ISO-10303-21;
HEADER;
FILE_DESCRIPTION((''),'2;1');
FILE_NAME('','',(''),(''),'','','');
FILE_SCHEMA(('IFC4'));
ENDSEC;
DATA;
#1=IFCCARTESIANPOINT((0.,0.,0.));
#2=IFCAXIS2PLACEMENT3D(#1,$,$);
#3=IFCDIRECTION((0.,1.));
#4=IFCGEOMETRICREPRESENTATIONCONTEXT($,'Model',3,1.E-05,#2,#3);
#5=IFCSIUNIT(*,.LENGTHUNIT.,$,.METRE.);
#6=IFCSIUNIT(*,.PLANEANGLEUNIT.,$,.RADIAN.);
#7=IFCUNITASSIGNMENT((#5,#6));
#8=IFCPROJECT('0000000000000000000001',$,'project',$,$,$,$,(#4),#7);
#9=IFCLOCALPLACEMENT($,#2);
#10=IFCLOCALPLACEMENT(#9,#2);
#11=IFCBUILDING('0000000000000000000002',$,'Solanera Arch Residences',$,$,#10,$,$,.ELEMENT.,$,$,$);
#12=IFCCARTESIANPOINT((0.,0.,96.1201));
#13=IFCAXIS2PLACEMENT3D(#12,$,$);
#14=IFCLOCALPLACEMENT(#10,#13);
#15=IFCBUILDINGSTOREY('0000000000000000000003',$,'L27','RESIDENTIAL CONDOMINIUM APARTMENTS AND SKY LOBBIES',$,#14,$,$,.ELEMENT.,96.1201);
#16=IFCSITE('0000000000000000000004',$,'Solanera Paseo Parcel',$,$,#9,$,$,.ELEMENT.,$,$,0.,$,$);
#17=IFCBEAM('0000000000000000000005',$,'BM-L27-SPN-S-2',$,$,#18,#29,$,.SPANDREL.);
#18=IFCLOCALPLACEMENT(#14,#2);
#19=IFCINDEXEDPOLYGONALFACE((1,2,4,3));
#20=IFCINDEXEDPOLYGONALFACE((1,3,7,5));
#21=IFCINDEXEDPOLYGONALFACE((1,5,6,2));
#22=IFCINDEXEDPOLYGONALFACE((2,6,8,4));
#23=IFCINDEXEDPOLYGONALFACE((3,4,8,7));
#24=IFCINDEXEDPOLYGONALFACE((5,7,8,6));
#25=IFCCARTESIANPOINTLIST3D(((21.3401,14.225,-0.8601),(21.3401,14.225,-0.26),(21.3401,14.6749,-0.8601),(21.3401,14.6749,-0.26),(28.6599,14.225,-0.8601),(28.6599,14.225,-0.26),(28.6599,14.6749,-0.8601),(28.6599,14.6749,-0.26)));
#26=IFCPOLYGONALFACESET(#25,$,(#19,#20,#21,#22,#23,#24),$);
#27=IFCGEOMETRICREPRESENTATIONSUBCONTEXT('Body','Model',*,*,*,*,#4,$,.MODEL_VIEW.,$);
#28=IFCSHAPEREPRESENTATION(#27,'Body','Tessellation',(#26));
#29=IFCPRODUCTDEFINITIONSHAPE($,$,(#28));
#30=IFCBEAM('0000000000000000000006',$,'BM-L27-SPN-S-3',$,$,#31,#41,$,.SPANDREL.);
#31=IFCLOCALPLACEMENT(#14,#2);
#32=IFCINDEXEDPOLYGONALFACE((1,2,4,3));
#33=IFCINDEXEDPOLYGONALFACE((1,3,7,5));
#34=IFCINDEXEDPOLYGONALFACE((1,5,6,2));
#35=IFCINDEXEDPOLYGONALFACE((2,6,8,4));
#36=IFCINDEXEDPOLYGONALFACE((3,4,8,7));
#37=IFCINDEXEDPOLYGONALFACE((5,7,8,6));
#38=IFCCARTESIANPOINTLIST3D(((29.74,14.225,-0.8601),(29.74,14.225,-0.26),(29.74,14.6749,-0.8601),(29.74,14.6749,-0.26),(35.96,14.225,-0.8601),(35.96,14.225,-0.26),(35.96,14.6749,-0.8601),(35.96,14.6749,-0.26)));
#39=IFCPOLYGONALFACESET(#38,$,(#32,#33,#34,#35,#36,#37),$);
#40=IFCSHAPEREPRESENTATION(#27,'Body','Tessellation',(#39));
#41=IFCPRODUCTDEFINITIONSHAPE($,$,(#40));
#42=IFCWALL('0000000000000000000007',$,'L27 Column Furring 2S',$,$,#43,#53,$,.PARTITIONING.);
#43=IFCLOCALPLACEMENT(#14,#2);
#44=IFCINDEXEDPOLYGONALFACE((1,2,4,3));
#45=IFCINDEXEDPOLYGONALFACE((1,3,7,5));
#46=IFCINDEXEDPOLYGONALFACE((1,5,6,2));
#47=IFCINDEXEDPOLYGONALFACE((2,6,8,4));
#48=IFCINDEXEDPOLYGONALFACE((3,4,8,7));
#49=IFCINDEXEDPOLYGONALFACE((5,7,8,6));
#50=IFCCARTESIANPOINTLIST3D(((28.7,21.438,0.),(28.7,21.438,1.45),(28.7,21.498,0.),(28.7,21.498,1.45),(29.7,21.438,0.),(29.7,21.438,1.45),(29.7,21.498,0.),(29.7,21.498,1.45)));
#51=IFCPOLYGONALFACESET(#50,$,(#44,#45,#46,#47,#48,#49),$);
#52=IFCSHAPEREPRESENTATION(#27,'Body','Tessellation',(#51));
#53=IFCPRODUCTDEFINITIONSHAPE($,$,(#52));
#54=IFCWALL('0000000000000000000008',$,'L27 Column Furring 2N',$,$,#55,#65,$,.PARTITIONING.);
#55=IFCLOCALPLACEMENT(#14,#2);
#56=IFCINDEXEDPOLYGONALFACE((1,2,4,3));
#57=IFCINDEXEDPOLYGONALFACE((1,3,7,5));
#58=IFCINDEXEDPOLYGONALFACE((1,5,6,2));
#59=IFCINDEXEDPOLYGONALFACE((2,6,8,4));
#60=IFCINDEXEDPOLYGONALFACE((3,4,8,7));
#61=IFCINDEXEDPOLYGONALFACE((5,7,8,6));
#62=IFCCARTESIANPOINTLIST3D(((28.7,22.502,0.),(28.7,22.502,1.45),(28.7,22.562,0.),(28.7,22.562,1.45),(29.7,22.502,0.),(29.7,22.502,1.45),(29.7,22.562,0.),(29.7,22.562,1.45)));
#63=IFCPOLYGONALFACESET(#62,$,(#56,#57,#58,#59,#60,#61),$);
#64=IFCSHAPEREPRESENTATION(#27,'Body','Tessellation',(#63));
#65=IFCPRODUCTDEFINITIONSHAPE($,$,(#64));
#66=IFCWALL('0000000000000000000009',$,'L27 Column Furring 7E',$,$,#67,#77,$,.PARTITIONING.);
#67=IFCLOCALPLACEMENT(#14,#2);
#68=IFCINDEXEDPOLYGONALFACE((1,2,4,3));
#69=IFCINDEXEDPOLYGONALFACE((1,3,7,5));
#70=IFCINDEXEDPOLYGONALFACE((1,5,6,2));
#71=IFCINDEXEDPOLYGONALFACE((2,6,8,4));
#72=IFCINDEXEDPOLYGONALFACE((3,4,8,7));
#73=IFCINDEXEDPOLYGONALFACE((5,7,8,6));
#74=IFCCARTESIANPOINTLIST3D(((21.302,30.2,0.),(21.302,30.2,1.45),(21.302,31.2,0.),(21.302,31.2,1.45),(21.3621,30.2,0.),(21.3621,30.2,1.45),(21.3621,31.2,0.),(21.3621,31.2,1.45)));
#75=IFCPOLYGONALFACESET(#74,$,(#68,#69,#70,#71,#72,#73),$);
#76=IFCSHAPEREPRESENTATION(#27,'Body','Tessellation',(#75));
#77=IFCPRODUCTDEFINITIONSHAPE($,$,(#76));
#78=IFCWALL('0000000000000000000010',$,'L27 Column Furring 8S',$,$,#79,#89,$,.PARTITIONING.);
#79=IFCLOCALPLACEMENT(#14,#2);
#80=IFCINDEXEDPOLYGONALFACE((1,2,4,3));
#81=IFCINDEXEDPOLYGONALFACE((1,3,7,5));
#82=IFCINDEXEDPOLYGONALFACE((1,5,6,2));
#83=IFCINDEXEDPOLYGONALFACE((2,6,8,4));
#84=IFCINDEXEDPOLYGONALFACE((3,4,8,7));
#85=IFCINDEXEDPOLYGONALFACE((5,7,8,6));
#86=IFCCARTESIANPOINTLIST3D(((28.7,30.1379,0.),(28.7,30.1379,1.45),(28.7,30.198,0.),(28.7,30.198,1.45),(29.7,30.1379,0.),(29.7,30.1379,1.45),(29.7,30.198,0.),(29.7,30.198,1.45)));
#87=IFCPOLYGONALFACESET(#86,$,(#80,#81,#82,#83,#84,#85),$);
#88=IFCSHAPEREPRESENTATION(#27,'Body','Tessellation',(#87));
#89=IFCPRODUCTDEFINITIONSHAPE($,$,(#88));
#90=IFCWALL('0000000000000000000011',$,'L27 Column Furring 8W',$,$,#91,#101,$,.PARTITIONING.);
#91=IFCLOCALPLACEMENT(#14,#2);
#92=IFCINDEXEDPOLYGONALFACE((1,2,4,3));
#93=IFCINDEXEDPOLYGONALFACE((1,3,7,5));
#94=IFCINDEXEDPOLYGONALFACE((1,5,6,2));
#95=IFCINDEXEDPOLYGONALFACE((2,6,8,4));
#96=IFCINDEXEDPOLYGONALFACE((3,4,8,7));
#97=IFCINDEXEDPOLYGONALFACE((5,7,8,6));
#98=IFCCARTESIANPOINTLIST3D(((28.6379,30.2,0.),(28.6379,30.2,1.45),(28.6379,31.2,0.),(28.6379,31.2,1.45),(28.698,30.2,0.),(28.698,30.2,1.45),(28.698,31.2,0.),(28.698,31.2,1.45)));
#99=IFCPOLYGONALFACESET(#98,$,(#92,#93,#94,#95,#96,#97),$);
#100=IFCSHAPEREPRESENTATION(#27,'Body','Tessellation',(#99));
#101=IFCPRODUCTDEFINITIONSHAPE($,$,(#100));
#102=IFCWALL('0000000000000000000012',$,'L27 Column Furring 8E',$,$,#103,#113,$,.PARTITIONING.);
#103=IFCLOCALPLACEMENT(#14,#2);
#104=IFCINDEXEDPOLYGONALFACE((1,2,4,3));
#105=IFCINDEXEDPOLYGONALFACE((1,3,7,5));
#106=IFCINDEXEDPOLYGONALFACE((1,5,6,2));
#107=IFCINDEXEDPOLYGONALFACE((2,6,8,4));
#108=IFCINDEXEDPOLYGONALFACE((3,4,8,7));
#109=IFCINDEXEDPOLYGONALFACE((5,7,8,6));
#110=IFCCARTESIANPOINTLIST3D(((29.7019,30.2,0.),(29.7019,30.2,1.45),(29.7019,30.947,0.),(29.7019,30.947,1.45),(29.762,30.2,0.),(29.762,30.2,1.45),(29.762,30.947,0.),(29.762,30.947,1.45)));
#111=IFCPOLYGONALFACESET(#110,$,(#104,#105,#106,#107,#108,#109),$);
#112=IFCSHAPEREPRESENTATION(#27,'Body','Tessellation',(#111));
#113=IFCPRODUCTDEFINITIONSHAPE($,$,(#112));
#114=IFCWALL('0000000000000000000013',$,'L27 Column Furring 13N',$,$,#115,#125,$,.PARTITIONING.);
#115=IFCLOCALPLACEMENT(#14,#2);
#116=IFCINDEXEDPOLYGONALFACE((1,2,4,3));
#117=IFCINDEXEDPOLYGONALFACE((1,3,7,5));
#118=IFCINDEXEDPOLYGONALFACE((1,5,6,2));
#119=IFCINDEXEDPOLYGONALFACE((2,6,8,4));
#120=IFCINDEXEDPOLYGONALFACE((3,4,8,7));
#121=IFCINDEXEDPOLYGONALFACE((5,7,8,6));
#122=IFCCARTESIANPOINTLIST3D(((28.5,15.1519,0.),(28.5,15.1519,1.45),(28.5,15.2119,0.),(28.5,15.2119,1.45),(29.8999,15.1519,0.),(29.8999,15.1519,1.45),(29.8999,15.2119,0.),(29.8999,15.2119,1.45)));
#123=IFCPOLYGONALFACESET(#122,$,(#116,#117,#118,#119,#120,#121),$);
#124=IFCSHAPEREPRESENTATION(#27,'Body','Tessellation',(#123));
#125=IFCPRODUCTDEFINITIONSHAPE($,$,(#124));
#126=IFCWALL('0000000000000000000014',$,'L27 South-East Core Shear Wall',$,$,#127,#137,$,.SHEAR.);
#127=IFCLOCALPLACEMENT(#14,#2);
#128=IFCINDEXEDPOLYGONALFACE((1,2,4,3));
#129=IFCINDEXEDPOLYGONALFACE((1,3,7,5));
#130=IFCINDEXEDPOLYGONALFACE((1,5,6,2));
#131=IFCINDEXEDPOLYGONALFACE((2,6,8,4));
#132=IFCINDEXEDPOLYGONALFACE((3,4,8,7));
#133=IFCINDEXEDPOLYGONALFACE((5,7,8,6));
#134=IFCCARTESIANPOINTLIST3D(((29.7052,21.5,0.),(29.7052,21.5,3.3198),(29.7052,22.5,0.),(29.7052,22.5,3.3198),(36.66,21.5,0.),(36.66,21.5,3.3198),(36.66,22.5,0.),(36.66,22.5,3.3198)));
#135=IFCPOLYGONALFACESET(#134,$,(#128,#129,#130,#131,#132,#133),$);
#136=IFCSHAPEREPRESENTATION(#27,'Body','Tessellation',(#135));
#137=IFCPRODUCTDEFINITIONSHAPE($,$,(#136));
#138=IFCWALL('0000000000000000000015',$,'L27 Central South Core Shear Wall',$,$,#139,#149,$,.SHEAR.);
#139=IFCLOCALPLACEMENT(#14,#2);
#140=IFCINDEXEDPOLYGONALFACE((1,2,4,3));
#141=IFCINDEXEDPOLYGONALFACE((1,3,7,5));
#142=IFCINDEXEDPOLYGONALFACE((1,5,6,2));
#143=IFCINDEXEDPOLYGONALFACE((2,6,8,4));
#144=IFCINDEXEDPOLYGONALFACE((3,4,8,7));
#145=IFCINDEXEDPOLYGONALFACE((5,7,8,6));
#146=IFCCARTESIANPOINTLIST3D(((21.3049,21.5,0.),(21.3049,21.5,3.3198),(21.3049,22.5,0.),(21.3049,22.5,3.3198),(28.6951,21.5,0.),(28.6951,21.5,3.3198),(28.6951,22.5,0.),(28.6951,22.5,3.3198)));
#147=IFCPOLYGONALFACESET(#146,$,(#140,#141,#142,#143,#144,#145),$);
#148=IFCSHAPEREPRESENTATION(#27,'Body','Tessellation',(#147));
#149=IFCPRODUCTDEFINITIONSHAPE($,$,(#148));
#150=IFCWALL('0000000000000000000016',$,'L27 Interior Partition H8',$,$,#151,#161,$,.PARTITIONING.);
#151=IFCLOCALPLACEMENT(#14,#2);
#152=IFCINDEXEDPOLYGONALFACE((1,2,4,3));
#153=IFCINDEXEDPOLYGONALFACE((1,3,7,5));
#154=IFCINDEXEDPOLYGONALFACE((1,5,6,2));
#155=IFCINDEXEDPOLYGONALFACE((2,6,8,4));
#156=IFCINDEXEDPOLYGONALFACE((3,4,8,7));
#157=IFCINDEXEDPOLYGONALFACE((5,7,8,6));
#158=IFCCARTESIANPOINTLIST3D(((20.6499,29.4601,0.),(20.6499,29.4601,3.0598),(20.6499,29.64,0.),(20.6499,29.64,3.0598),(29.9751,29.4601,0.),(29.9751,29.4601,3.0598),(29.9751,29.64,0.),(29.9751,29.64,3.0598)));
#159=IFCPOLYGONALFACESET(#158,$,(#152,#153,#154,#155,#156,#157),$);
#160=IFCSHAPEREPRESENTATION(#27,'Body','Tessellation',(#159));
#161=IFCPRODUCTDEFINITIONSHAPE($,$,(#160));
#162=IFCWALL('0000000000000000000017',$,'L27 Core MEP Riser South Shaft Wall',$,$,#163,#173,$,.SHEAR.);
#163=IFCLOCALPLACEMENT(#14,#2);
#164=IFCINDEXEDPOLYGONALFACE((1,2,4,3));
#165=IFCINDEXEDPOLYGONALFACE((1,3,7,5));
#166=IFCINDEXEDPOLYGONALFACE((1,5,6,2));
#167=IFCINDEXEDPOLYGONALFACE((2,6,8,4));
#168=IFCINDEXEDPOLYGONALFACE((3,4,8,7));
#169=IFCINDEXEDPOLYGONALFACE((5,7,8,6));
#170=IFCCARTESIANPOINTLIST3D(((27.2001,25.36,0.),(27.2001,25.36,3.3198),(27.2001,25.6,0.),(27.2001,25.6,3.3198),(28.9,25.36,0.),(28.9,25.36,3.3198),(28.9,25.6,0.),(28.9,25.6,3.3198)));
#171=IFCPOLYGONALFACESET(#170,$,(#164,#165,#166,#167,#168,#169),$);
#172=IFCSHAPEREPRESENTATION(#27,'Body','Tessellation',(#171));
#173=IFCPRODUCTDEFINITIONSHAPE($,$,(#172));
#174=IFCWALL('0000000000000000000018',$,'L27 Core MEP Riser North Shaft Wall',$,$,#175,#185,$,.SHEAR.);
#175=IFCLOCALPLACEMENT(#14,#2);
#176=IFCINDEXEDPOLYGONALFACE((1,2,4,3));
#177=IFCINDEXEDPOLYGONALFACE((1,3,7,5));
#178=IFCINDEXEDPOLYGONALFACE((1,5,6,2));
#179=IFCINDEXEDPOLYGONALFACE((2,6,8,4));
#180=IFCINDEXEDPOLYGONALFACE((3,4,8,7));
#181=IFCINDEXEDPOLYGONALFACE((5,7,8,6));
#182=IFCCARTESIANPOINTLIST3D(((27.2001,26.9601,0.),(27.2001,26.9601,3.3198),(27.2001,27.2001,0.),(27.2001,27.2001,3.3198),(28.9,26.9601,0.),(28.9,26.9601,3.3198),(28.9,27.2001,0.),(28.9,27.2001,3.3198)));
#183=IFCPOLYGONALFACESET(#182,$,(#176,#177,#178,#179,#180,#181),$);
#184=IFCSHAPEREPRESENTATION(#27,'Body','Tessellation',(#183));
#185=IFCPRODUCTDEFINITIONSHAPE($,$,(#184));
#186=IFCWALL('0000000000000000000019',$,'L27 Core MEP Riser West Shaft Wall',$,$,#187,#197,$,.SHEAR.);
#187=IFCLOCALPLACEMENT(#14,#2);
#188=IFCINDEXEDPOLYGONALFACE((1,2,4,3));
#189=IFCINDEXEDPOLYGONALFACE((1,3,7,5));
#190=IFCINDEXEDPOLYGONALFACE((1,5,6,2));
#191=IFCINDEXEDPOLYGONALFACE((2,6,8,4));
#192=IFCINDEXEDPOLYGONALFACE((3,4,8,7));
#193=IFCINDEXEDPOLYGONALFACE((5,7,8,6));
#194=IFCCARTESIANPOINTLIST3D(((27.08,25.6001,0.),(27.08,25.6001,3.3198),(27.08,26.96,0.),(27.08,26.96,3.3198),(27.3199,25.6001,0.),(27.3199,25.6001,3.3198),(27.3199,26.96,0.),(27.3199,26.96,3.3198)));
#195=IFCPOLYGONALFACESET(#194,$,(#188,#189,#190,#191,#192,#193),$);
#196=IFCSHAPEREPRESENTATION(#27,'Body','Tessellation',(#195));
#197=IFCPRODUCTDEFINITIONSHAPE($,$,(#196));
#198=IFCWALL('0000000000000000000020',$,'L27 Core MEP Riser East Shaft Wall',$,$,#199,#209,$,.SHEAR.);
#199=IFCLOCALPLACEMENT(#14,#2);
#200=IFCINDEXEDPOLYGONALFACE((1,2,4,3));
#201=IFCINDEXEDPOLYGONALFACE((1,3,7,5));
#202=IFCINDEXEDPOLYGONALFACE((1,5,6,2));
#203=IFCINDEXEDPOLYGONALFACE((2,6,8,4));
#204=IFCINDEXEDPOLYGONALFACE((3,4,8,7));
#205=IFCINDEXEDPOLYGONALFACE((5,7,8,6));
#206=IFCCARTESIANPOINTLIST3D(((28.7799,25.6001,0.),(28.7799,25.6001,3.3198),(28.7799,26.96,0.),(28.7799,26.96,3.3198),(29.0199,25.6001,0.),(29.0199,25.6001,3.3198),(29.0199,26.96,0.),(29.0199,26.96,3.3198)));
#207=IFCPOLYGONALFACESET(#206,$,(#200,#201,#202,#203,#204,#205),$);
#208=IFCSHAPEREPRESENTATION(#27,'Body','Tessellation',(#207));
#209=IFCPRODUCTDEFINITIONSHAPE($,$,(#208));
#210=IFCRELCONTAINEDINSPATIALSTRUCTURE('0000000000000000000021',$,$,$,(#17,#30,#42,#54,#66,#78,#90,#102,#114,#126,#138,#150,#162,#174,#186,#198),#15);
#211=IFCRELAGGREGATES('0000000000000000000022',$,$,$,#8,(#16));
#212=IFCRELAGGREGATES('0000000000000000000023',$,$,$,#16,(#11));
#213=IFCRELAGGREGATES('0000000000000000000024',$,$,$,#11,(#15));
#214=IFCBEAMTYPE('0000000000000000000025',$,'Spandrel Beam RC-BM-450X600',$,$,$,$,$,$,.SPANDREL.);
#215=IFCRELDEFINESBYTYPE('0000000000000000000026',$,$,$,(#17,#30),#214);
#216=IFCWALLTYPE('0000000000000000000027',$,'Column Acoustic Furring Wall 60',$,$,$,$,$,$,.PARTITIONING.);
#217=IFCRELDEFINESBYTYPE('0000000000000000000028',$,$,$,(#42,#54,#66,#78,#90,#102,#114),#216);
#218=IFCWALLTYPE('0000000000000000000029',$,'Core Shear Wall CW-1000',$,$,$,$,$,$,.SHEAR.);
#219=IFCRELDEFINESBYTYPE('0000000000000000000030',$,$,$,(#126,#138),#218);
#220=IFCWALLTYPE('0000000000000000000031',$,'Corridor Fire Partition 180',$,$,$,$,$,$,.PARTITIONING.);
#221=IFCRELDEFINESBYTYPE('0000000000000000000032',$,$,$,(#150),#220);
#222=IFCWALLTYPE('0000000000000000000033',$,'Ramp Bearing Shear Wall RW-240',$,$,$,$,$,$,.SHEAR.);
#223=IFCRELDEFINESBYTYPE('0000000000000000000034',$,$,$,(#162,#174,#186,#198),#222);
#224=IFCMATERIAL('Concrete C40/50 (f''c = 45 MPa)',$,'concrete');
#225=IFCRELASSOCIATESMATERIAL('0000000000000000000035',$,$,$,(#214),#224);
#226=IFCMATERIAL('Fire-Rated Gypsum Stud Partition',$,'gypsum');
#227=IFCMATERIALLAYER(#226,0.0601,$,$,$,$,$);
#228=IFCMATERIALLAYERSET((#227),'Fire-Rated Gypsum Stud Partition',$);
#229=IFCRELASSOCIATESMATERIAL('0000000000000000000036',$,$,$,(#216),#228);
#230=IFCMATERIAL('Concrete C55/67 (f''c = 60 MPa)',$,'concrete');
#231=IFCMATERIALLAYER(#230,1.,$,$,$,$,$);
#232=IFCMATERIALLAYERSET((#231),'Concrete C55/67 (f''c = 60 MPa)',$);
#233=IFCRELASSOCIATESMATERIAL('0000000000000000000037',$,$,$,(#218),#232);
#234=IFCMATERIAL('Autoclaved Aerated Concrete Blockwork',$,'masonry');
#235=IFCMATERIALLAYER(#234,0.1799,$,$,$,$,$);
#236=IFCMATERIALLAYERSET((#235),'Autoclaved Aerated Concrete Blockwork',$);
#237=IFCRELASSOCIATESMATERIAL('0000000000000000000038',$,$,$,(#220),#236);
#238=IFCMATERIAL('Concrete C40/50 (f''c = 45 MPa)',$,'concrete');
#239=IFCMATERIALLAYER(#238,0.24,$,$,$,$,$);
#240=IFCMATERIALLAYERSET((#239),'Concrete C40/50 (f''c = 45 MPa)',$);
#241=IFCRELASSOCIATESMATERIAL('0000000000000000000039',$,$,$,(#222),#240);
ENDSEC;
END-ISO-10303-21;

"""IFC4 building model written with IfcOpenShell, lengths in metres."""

from ifc_helpers import new_model, si_unit, direction, frame, frame_2d, origin, origin_2d, place, context, subcontext, project, spatial, rectangle, extrude, material, layer, layer_set, material_profile, profile_set, type_object, element, save


model = new_model("IFC4")

# Units and contexts
model_context = context("Model", 3, precision=1e-05, world=origin(), true_north=direction((0.0, 1.0)))
body_context = subcontext(model_context, "Body", "Model", "MODEL_VIEW")
ifc_project = project(units=[si_unit("LENGTHUNIT", "METRE"), si_unit("PLANEANGLEUNIT", "RADIAN")], contexts=[model_context])

# Site, building, storey
site_placement = place(None, origin())
site = spatial("IfcSite", under=ifc_project, at=site_placement, Name="Solanera Paseo Parcel", CompositionType="ELEMENT", RefElevation=0.0)
building_placement = place(site_placement, origin())
building = spatial("IfcBuilding", under=site, at=building_placement, Name="Solanera Arch Residences", CompositionType="ELEMENT")
storey_placement = place(building_placement, frame((0.0, 0.0, 96.1201)))
storey = spatial("IfcBuildingStorey", under=building, at=storey_placement, Name="L27", Description="RESIDENTIAL CONDOMINIUM APARTMENTS AND SKY LOBBIES", CompositionType="ELEMENT", Elevation=96.1201)

# Beams
ifc_material_1 = material(Name="Concrete C40/50 (f'c = 45 MPa)", Category="concrete")
ifc_material_profile_1 = material_profile(ifc_material_1, rectangle(XDim=0.45, YDim=0.6001, at=origin_2d()))
ifc_profile_set_1 = profile_set([ifc_material_profile_1], Name="Concrete C40/50 (f'c = 45 MPa)")
beam_type_1 = type_object("IfcBeamType", Name="Spandrel Beam RC-BM-450X600", PredefinedType="SPANDREL", material=ifc_profile_set_1)
beam_1_placement = place(storey_placement, frame((21.3401, 14.45, -0.5601), z_axis=(1.0, 0.0, 0.0), x_axis=(0.0, 1.0, 0.0)))
element("IfcBeam", 1, at=beam_1_placement, inside=storey, type_object=beam_type_1, Name="BM-L27-SPN-S-2", PredefinedType="SPANDREL", context=body_context, shape_type="SweptSolid", body=[
    extrude(rectangle(XDim=0.45, YDim=0.6001, at=origin_2d()), origin(), (0.0, 0.0, 1.0), 7.3198),
])
beam_2_placement = place(storey_placement, frame((29.74, 14.45, -0.5601), z_axis=(1.0, 0.0, 0.0), x_axis=(0.0, 1.0, 0.0)))
element("IfcBeam", 2, at=beam_2_placement, inside=storey, type_object=beam_type_1, Name="BM-L27-SPN-S-3", PredefinedType="SPANDREL", context=body_context, shape_type="SweptSolid", body=[
    extrude(rectangle(XDim=0.45, YDim=0.6001, at=origin_2d()), origin(), (0.0, 0.0, 1.0), 6.22),
])

# Walls
ifc_material_2 = material(Name="Fire-Rated Gypsum Stud Partition", Category="gypsum")
ifc_layer_1 = layer(ifc_material_2, 0.0601)
ifc_layer_set_1 = layer_set([ifc_layer_1], Name="Fire-Rated Gypsum Stud Partition")
wall_type_1 = type_object("IfcWallType", Name="Column Acoustic Furring Wall 60", PredefinedType="PARTITIONING", material=ifc_layer_set_1)
for number, where, z_axis, x_axis, name in (
    (3, (28.7, 21.468, 0.0), (0.0, 0.0, 1.0), (1.0, 0.0, 0.0), "L27 Column Furring 2S"),
    (4, (28.7, 22.532, 0.0), (0.0, 0.0, 1.0), (1.0, 0.0, 0.0), "L27 Column Furring 2N"),
    (5, (21.332, 30.2, 0.0), (0.0, 0.0, 1.0), (0.0, 1.0, 0.0), "L27 Column Furring 7E"),
    (6, (28.7, 30.168, 0.0), (0.0, 0.0, 1.0), (1.0, 0.0, 0.0), "L27 Column Furring 8S"),
    (7, (28.668, 30.2, 0.0), (0.0, 0.0, 1.0), (0.0, 1.0, 0.0), "L27 Column Furring 8W"),
):
    element("IfcWall", number, at=place(storey_placement, frame(where, z_axis=z_axis, x_axis=x_axis)), inside=storey, type_object=wall_type_1, Name=name, PredefinedType="PARTITIONING", context=body_context, shape_type="SweptSolid", body=[
        extrude(rectangle(XDim=1.0, YDim=0.0601, at=frame_2d((0.5, 0.0))), origin(), (0.0, 0.0, 1.0), 1.45),
    ])
wall_1_placement = place(storey_placement, frame((29.7319, 30.2, 0.0), z_axis=(0.0, 0.0, 1.0), x_axis=(0.0, 1.0, 0.0)))
element("IfcWall", 8, at=wall_1_placement, inside=storey, type_object=wall_type_1, Name="L27 Column Furring 8E", PredefinedType="PARTITIONING", context=body_context, shape_type="SweptSolid", body=[
    extrude(rectangle(XDim=0.7471, YDim=0.0601, at=frame_2d((0.3735, 0.0))), origin(), (0.0, 0.0, 1.0), 1.45),
])
wall_2_placement = place(storey_placement, frame((28.5, 15.1819, 0.0), z_axis=(0.0, 0.0, 1.0), x_axis=(1.0, 0.0, 0.0)))
element("IfcWall", 9, at=wall_2_placement, inside=storey, type_object=wall_type_1, Name="L27 Column Furring 13N", PredefinedType="PARTITIONING", context=body_context, shape_type="SweptSolid", body=[
    extrude(rectangle(XDim=1.3999, YDim=0.0601, at=frame_2d((0.7, 0.0))), origin(), (0.0, 0.0, 1.0), 1.45),
])
ifc_material_3 = material(Name="Concrete C55/67 (f'c = 60 MPa)", Category="concrete")
ifc_layer_2 = layer(ifc_material_3, 1.0)
ifc_layer_set_2 = layer_set([ifc_layer_2], Name="Concrete C55/67 (f'c = 60 MPa)")
wall_type_2 = type_object("IfcWallType", Name="Core Shear Wall CW-1000", PredefinedType="SHEAR", material=ifc_layer_set_2)
wall_3_placement = place(storey_placement, frame((29.7051, 22.0, 0.0), z_axis=(0.0, 0.0, 1.0), x_axis=(1.0, 0.0, 0.0)))
element("IfcWall", 10, at=wall_3_placement, inside=storey, type_object=wall_type_2, Name="L27 South-East Core Shear Wall", PredefinedType="SHEAR", context=body_context, shape_type="SweptSolid", body=[
    extrude(rectangle(XDim=6.9548, YDim=1.0, at=frame_2d((3.4775, 0.0))), origin(), (0.0, 0.0, 1.0), 3.3198),
])
wall_4_placement = place(storey_placement, frame((21.3049, 22.0, 0.0), z_axis=(0.0, 0.0, 1.0), x_axis=(1.0, 0.0, 0.0)))
element("IfcWall", 11, at=wall_4_placement, inside=storey, type_object=wall_type_2, Name="L27 Central South Core Shear Wall", PredefinedType="SHEAR", context=body_context, shape_type="SweptSolid", body=[
    extrude(rectangle(XDim=7.3901, YDim=1.0, at=frame_2d((3.6951, 0.0))), origin(), (0.0, 0.0, 1.0), 3.3198),
])
ifc_material_4 = material(Name="Autoclaved Aerated Concrete Blockwork", Category="masonry")
ifc_layer_3 = layer(ifc_material_4, 0.1799)
ifc_layer_set_3 = layer_set([ifc_layer_3], Name="Autoclaved Aerated Concrete Blockwork")
wall_type_3 = type_object("IfcWallType", Name="Corridor Fire Partition 180", PredefinedType="PARTITIONING", material=ifc_layer_set_3)
wall_5_placement = place(storey_placement, frame((20.6499, 29.55, 0.0), z_axis=(0.0, 0.0, 1.0), x_axis=(1.0, 0.0, 0.0)))
element("IfcWall", 12, at=wall_5_placement, inside=storey, type_object=wall_type_3, Name="L27 Interior Partition H8", PredefinedType="PARTITIONING", context=body_context, shape_type="SweptSolid", body=[
    extrude(rectangle(XDim=9.3252, YDim=0.1799, at=frame_2d((4.6626, 0.0))), origin(), (0.0, 0.0, 1.0), 3.0598),
])
ifc_material_5 = material(Name="Concrete C40/50 (f'c = 45 MPa)", Category="concrete")
ifc_layer_4 = layer(ifc_material_5, 0.24)
ifc_layer_set_4 = layer_set([ifc_layer_4], Name="Concrete C40/50 (f'c = 45 MPa)")
wall_type_4 = type_object("IfcWallType", Name="Ramp Bearing Shear Wall RW-240", PredefinedType="SHEAR", material=ifc_layer_set_4)
for number, where, z_axis, x_axis, name in (
    (13, (27.2, 25.48, 0.0), (0.0, 0.0, 1.0), (1.0, 0.0, 0.0), "L27 Core MEP Riser South Shaft Wall"),
    (14, (27.2, 27.0801, 0.0), (0.0, 0.0, 1.0), (1.0, 0.0, 0.0), "L27 Core MEP Riser North Shaft Wall"),
):
    element("IfcWall", number, at=place(storey_placement, frame(where, z_axis=z_axis, x_axis=x_axis)), inside=storey, type_object=wall_type_4, Name=name, PredefinedType="SHEAR", context=body_context, shape_type="SweptSolid", body=[
        extrude(rectangle(XDim=1.7, YDim=0.24, at=frame_2d((0.8501, 0.0))), origin(), (0.0, 0.0, 1.0), 3.3198),
    ])
for number, where, z_axis, x_axis, name in (
    (15, (27.2, 25.6001, 0.0), (0.0, 0.0, 1.0), (0.0, 1.0, 0.0), "L27 Core MEP Riser West Shaft Wall"),
    (16, (28.8999, 25.6001, 0.0), (0.0, 0.0, 1.0), (0.0, 1.0, 0.0), "L27 Core MEP Riser East Shaft Wall"),
):
    element("IfcWall", number, at=place(storey_placement, frame(where, z_axis=z_axis, x_axis=x_axis)), inside=storey, type_object=wall_type_4, Name=name, PredefinedType="SHEAR", context=body_context, shape_type="SweptSolid", body=[
        extrude(rectangle(XDim=1.3599, YDim=0.24, at=frame_2d((0.6799, 0.0))), origin(), (0.0, 0.0, 1.0), 3.3198),
    ])

save(model, "model.ifc")
